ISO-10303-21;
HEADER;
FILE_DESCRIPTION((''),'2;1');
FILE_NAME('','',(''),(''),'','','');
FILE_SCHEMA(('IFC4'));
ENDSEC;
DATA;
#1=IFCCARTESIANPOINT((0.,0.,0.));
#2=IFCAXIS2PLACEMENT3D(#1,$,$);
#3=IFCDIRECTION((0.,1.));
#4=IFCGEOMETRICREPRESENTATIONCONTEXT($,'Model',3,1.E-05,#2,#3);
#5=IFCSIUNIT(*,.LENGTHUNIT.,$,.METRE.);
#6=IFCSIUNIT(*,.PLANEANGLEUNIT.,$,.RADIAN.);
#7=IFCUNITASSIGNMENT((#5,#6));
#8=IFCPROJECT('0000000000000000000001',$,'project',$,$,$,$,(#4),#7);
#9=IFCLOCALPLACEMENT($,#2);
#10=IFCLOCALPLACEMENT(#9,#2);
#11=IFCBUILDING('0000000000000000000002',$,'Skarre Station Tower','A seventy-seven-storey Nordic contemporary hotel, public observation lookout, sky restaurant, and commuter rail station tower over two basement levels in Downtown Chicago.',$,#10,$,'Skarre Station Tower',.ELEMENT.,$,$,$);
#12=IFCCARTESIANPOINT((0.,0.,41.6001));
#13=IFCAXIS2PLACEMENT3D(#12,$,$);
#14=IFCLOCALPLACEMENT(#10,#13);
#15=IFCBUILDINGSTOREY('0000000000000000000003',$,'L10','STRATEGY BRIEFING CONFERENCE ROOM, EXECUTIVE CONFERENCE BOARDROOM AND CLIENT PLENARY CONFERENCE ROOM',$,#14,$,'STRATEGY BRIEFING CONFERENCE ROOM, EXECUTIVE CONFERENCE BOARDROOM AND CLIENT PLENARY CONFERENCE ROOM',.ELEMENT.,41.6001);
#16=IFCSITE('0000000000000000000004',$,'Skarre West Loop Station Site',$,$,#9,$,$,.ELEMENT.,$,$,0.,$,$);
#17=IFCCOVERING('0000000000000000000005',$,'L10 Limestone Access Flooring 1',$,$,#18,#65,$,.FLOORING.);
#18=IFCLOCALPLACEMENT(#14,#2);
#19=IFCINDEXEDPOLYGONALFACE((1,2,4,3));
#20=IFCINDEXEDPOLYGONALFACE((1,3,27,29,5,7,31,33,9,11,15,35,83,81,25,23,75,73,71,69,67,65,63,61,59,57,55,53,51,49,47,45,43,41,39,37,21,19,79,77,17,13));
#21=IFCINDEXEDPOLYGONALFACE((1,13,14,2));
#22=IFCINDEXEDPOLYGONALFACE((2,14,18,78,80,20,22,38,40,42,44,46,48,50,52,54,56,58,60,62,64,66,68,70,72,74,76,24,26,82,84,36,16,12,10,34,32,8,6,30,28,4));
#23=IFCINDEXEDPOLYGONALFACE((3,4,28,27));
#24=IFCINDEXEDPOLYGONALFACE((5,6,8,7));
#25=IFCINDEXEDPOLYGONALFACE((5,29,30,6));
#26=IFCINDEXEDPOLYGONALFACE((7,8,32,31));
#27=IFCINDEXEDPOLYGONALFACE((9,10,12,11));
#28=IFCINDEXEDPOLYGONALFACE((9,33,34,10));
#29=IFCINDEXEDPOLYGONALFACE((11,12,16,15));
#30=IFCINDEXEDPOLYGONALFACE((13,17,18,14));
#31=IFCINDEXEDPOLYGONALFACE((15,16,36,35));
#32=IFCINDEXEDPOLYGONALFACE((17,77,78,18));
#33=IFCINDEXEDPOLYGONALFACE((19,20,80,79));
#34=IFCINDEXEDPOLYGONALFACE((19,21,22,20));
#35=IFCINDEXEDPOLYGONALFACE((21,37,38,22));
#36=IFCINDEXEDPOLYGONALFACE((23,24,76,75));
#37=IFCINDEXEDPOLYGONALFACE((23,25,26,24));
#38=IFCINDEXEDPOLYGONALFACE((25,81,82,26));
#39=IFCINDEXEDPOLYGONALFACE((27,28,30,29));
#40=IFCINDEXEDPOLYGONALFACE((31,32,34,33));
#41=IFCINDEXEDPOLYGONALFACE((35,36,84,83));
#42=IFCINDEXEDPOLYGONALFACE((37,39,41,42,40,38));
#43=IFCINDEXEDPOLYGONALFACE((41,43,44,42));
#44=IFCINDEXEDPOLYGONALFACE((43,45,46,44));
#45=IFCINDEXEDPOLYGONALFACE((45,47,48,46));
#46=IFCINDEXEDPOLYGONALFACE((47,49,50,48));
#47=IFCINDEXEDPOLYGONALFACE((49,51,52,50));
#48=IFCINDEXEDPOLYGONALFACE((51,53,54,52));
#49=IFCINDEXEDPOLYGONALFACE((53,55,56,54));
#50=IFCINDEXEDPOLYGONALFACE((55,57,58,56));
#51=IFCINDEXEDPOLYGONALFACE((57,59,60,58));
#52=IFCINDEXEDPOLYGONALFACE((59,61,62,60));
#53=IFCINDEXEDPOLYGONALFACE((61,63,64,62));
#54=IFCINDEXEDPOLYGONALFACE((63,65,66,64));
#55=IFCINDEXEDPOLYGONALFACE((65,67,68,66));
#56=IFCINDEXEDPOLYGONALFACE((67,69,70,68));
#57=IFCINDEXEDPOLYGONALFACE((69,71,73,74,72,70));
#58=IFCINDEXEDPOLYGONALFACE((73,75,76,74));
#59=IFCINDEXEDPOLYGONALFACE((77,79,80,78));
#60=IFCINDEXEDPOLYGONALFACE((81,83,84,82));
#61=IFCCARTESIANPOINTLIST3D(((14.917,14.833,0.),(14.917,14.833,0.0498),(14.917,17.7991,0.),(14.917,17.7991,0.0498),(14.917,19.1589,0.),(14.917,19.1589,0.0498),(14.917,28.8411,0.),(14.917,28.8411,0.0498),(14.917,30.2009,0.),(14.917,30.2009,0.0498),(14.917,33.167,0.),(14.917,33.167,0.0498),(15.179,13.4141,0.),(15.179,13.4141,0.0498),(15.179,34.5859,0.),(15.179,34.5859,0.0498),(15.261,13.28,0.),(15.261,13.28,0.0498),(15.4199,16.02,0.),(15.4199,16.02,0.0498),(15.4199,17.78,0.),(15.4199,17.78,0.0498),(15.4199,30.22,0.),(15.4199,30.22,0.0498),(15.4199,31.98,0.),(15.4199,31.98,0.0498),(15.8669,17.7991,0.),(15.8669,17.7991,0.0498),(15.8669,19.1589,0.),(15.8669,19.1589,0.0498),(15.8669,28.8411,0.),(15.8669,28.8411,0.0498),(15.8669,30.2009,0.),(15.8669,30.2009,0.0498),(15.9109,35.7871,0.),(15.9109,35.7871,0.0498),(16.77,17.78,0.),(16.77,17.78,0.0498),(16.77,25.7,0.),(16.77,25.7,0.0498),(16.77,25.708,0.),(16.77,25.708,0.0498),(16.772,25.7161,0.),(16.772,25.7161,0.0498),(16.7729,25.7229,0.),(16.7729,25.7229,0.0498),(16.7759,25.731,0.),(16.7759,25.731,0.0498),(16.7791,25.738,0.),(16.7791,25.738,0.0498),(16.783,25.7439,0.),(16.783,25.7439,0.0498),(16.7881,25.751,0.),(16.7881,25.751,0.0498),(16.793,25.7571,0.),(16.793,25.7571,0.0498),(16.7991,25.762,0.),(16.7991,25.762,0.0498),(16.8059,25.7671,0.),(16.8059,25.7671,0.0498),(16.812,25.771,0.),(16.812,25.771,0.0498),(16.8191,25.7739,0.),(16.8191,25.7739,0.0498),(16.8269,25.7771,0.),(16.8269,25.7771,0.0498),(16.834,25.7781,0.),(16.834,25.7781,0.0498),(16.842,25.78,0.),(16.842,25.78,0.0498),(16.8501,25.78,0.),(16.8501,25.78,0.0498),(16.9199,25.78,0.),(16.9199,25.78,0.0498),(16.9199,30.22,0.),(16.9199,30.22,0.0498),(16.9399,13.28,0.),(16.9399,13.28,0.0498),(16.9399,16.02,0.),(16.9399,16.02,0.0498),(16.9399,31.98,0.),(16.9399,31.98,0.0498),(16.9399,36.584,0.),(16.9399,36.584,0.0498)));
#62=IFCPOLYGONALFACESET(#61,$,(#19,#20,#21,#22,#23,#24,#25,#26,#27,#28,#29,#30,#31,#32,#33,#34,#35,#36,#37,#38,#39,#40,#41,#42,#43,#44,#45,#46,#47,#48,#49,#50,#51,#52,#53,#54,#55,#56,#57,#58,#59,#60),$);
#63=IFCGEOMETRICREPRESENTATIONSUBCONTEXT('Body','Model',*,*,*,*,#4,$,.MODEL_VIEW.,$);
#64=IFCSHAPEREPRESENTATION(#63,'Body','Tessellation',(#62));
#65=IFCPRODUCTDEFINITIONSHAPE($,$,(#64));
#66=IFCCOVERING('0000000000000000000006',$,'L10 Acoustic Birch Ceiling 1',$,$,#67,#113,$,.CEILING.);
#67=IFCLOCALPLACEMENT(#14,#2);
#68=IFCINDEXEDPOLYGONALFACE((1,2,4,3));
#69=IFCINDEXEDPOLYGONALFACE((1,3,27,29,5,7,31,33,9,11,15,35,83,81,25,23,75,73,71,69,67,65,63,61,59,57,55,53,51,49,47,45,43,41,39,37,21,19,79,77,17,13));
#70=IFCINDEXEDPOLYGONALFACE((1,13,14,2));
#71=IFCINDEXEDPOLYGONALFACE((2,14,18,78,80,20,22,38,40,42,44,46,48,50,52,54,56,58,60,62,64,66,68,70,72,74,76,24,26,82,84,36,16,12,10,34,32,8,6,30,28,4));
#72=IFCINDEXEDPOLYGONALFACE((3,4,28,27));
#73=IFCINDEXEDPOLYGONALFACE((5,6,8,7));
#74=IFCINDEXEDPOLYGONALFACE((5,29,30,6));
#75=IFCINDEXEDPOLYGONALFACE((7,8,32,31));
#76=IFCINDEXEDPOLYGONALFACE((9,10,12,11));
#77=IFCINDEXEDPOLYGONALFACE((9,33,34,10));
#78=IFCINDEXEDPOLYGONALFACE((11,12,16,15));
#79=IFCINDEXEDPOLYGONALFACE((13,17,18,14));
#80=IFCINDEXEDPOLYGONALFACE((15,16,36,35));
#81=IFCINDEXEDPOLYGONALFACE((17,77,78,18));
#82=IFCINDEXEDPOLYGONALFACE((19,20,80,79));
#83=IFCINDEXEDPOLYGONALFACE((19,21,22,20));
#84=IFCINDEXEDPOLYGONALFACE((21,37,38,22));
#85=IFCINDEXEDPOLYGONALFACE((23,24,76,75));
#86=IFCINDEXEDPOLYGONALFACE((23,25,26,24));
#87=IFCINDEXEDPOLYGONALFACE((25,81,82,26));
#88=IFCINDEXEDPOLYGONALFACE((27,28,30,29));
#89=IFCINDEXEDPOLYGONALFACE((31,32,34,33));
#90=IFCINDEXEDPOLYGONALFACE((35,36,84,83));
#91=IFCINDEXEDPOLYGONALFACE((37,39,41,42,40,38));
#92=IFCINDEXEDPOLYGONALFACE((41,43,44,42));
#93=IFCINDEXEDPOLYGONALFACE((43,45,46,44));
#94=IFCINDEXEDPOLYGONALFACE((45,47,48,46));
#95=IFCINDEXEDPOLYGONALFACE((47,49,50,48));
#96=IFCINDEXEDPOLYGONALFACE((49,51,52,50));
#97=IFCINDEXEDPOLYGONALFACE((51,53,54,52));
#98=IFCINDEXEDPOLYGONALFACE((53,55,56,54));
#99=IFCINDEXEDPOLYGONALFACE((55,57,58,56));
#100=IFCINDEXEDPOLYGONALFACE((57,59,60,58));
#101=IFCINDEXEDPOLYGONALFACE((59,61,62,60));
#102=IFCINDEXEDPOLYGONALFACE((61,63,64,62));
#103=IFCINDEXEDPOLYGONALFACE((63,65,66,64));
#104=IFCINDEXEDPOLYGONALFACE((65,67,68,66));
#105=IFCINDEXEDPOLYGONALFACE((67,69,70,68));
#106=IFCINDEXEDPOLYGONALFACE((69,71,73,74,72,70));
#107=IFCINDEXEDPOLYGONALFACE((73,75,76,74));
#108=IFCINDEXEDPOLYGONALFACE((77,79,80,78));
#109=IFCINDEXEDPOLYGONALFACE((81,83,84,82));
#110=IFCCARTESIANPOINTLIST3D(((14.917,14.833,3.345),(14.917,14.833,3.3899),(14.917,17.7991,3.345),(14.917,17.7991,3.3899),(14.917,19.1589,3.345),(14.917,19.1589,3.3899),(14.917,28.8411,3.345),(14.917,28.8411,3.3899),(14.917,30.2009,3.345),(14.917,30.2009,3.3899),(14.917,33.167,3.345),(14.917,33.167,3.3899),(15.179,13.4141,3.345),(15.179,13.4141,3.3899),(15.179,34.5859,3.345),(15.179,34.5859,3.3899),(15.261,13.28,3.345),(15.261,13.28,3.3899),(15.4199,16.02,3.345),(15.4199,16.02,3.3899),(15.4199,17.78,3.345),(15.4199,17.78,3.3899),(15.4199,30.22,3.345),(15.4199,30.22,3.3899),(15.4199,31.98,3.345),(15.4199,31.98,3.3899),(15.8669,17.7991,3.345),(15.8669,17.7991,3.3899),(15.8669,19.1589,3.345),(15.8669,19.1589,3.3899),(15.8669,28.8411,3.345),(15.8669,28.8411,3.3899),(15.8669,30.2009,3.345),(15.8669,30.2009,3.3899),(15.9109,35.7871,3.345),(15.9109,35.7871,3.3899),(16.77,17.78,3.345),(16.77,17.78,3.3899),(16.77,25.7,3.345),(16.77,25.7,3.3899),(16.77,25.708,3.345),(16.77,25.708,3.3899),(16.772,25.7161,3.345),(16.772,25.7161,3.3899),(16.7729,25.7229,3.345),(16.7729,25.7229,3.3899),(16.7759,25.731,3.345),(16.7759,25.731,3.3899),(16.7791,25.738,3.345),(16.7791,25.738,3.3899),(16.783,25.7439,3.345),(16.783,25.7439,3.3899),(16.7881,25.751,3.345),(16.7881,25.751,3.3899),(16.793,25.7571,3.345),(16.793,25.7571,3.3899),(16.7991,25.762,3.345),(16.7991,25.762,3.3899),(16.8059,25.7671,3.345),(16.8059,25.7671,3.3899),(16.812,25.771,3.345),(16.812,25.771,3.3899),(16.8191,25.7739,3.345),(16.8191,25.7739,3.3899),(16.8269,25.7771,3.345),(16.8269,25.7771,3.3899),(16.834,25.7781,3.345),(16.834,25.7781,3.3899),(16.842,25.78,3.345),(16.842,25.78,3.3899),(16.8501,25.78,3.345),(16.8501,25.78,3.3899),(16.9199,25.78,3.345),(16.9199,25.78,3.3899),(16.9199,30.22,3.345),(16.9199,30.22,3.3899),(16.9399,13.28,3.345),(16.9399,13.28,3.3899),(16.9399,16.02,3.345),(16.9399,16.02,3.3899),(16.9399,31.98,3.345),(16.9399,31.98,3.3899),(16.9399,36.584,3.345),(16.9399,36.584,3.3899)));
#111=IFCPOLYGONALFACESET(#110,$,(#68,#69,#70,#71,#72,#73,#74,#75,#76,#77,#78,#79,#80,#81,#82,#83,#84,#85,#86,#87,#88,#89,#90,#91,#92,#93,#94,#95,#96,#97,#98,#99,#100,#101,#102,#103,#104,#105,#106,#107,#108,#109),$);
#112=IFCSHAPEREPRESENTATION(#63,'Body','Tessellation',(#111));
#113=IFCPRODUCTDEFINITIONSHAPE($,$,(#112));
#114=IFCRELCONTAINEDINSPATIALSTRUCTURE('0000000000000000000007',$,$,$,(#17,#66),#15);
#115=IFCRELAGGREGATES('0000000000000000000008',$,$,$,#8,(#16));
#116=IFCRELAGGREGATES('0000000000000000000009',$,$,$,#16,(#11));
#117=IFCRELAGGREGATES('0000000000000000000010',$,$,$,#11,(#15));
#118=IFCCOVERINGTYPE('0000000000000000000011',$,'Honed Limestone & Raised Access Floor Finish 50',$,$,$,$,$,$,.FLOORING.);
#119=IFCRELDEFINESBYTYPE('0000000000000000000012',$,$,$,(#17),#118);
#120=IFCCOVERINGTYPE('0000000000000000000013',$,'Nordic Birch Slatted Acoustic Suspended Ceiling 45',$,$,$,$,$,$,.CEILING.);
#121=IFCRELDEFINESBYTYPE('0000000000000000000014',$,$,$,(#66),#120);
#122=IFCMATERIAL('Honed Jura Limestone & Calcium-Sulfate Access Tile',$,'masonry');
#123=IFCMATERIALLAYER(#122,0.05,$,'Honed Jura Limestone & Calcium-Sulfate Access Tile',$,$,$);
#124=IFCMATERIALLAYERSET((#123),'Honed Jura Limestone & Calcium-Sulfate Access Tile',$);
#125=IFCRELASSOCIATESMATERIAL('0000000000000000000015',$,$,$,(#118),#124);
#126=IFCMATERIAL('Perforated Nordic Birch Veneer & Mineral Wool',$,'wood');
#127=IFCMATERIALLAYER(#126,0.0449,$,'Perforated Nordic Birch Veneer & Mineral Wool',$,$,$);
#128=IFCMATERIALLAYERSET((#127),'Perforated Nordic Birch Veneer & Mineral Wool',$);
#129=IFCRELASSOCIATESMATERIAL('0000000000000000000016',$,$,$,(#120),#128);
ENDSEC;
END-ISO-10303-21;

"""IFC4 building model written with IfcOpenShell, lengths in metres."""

from ifc_helpers import new_model, si_unit, direction, frame, origin, place, context, subcontext, project, spatial, polyline, outline, extrude, material, layer, layer_set, type_object, element, save


model = new_model("IFC4")

# Units and contexts
model_context = context("Model", 3, precision=1e-05, world=origin(), true_north=direction((0.0, 1.0)))
body_context = subcontext(model_context, "Body", "Model", "MODEL_VIEW")
ifc_project = project(units=[si_unit("LENGTHUNIT", "METRE"), si_unit("PLANEANGLEUNIT", "RADIAN")], contexts=[model_context])

# Site, building, storey
site_placement = place(None, origin())
site = spatial("IfcSite", under=ifc_project, at=site_placement, Name="Skarre West Loop Station Site", CompositionType="ELEMENT", RefElevation=0.0)
building_placement = place(site_placement, origin())
building = spatial("IfcBuilding", under=site, at=building_placement, Name="Skarre Station Tower", Description="A seventy-seven-storey Nordic contemporary hotel, public observation lookout, sky restaurant, and commuter rail station tower over two basement levels in Downtown Chicago.", LongName="Skarre Station Tower", CompositionType="ELEMENT")
storey_placement = place(building_placement, frame((0.0, 0.0, 41.6001)))
storey = spatial("IfcBuildingStorey", under=building, at=storey_placement, Name="L10", Description="STRATEGY BRIEFING CONFERENCE ROOM, EXECUTIVE CONFERENCE BOARDROOM AND CLIENT PLENARY CONFERENCE ROOM", LongName="STRATEGY BRIEFING CONFERENCE ROOM, EXECUTIVE CONFERENCE BOARDROOM AND CLIENT PLENARY CONFERENCE ROOM", CompositionType="ELEMENT", Elevation=41.6001)

# Coverings
ifc_material_1 = material(Name="Honed Jura Limestone & Calcium-Sulfate Access Tile", Category="masonry")
ifc_layer_1 = layer(ifc_material_1, 0.05, Name="Honed Jura Limestone & Calcium-Sulfate Access Tile")
ifc_layer_set_1 = layer_set([ifc_layer_1], Name="Honed Jura Limestone & Calcium-Sulfate Access Tile")
covering_type_1 = type_object("IfcCoveringType", Name="Honed Limestone & Raised Access Floor Finish 50", PredefinedType="FLOORING", material=ifc_layer_set_1)
covering_1_placement = place(storey_placement, origin())
element("IfcCovering", 1, at=covering_1_placement, inside=storey, type_object=covering_type_1, Name="L10 Limestone Access Flooring 1", PredefinedType="FLOORING", context=body_context, shape_type="SweptSolid", body=[
    extrude(outline(polyline([(16.9399, 36.584), (15.9109, 35.7871), (15.179, 34.5859), (14.917, 33.167), (14.917, 30.2009), (15.8669, 30.2009), (15.8669, 28.8411), (14.917, 28.8411), (14.917, 19.1589), (15.8669, 19.1589), (15.8669, 17.7991), (14.917, 17.7991), (14.917, 14.833), (15.179, 13.4141), (15.261, 13.28), (16.9399, 13.28), (16.9399, 16.02), (15.4199, 16.02), (15.4199, 17.78), (16.77, 17.78), (16.77, 25.7), (16.77, 25.708), (16.772, 25.7161), (16.7729, 25.7229), (16.7759, 25.731), (16.7791, 25.738), (16.783, 25.7439), (16.7881, 25.751), (16.793, 25.7571), (16.7991, 25.762), (16.8059, 25.7671), (16.812, 25.771), (16.8191, 25.7739), (16.8269, 25.7771), (16.834, 25.7781), (16.842, 25.78), (16.8501, 25.78), (16.9199, 25.78), (16.9199, 30.22), (15.4199, 30.22), (15.4199, 31.98), (16.9399, 31.98), (16.9399, 36.584)])), origin(), (0.0, 0.0, 1.0), 0.0498),
])
ifc_material_2 = material(Name="Perforated Nordic Birch Veneer & Mineral Wool", Category="wood")
ifc_layer_2 = layer(ifc_material_2, 0.0449, Name="Perforated Nordic Birch Veneer & Mineral Wool")
ifc_layer_set_2 = layer_set([ifc_layer_2], Name="Perforated Nordic Birch Veneer & Mineral Wool")
covering_type_2 = type_object("IfcCoveringType", Name="Nordic Birch Slatted Acoustic Suspended Ceiling 45", PredefinedType="CEILING", material=ifc_layer_set_2)
covering_2_placement = place(storey_placement, frame((0.0, 0.0, 3.345)))
element("IfcCovering", 2, at=covering_2_placement, inside=storey, type_object=covering_type_2, Name="L10 Acoustic Birch Ceiling 1", PredefinedType="CEILING", context=body_context, shape_type="SweptSolid", body=[
    extrude(outline(polyline([(16.9399, 36.584), (15.9109, 35.7871), (15.179, 34.5859), (14.917, 33.167), (14.917, 30.2009), (15.8669, 30.2009), (15.8669, 28.8411), (14.917, 28.8411), (14.917, 19.1589), (15.8669, 19.1589), (15.8669, 17.7991), (14.917, 17.7991), (14.917, 14.833), (15.179, 13.4141), (15.261, 13.28), (16.9399, 13.28), (16.9399, 16.02), (15.4199, 16.02), (15.4199, 17.78), (16.77, 17.78), (16.77, 25.7), (16.77, 25.708), (16.772, 25.7161), (16.7729, 25.7229), (16.7759, 25.731), (16.7791, 25.738), (16.783, 25.7439), (16.7881, 25.751), (16.793, 25.7571), (16.7991, 25.762), (16.8059, 25.7671), (16.812, 25.771), (16.8191, 25.7739), (16.8269, 25.7771), (16.834, 25.7781), (16.842, 25.78), (16.8501, 25.78), (16.9199, 25.78), (16.9199, 30.22), (15.4199, 30.22), (15.4199, 31.98), (16.9399, 31.98), (16.9399, 36.584)])), origin(), (0.0, 0.0, 1.0), 0.0449),
])

save(model, "model.ifc")
